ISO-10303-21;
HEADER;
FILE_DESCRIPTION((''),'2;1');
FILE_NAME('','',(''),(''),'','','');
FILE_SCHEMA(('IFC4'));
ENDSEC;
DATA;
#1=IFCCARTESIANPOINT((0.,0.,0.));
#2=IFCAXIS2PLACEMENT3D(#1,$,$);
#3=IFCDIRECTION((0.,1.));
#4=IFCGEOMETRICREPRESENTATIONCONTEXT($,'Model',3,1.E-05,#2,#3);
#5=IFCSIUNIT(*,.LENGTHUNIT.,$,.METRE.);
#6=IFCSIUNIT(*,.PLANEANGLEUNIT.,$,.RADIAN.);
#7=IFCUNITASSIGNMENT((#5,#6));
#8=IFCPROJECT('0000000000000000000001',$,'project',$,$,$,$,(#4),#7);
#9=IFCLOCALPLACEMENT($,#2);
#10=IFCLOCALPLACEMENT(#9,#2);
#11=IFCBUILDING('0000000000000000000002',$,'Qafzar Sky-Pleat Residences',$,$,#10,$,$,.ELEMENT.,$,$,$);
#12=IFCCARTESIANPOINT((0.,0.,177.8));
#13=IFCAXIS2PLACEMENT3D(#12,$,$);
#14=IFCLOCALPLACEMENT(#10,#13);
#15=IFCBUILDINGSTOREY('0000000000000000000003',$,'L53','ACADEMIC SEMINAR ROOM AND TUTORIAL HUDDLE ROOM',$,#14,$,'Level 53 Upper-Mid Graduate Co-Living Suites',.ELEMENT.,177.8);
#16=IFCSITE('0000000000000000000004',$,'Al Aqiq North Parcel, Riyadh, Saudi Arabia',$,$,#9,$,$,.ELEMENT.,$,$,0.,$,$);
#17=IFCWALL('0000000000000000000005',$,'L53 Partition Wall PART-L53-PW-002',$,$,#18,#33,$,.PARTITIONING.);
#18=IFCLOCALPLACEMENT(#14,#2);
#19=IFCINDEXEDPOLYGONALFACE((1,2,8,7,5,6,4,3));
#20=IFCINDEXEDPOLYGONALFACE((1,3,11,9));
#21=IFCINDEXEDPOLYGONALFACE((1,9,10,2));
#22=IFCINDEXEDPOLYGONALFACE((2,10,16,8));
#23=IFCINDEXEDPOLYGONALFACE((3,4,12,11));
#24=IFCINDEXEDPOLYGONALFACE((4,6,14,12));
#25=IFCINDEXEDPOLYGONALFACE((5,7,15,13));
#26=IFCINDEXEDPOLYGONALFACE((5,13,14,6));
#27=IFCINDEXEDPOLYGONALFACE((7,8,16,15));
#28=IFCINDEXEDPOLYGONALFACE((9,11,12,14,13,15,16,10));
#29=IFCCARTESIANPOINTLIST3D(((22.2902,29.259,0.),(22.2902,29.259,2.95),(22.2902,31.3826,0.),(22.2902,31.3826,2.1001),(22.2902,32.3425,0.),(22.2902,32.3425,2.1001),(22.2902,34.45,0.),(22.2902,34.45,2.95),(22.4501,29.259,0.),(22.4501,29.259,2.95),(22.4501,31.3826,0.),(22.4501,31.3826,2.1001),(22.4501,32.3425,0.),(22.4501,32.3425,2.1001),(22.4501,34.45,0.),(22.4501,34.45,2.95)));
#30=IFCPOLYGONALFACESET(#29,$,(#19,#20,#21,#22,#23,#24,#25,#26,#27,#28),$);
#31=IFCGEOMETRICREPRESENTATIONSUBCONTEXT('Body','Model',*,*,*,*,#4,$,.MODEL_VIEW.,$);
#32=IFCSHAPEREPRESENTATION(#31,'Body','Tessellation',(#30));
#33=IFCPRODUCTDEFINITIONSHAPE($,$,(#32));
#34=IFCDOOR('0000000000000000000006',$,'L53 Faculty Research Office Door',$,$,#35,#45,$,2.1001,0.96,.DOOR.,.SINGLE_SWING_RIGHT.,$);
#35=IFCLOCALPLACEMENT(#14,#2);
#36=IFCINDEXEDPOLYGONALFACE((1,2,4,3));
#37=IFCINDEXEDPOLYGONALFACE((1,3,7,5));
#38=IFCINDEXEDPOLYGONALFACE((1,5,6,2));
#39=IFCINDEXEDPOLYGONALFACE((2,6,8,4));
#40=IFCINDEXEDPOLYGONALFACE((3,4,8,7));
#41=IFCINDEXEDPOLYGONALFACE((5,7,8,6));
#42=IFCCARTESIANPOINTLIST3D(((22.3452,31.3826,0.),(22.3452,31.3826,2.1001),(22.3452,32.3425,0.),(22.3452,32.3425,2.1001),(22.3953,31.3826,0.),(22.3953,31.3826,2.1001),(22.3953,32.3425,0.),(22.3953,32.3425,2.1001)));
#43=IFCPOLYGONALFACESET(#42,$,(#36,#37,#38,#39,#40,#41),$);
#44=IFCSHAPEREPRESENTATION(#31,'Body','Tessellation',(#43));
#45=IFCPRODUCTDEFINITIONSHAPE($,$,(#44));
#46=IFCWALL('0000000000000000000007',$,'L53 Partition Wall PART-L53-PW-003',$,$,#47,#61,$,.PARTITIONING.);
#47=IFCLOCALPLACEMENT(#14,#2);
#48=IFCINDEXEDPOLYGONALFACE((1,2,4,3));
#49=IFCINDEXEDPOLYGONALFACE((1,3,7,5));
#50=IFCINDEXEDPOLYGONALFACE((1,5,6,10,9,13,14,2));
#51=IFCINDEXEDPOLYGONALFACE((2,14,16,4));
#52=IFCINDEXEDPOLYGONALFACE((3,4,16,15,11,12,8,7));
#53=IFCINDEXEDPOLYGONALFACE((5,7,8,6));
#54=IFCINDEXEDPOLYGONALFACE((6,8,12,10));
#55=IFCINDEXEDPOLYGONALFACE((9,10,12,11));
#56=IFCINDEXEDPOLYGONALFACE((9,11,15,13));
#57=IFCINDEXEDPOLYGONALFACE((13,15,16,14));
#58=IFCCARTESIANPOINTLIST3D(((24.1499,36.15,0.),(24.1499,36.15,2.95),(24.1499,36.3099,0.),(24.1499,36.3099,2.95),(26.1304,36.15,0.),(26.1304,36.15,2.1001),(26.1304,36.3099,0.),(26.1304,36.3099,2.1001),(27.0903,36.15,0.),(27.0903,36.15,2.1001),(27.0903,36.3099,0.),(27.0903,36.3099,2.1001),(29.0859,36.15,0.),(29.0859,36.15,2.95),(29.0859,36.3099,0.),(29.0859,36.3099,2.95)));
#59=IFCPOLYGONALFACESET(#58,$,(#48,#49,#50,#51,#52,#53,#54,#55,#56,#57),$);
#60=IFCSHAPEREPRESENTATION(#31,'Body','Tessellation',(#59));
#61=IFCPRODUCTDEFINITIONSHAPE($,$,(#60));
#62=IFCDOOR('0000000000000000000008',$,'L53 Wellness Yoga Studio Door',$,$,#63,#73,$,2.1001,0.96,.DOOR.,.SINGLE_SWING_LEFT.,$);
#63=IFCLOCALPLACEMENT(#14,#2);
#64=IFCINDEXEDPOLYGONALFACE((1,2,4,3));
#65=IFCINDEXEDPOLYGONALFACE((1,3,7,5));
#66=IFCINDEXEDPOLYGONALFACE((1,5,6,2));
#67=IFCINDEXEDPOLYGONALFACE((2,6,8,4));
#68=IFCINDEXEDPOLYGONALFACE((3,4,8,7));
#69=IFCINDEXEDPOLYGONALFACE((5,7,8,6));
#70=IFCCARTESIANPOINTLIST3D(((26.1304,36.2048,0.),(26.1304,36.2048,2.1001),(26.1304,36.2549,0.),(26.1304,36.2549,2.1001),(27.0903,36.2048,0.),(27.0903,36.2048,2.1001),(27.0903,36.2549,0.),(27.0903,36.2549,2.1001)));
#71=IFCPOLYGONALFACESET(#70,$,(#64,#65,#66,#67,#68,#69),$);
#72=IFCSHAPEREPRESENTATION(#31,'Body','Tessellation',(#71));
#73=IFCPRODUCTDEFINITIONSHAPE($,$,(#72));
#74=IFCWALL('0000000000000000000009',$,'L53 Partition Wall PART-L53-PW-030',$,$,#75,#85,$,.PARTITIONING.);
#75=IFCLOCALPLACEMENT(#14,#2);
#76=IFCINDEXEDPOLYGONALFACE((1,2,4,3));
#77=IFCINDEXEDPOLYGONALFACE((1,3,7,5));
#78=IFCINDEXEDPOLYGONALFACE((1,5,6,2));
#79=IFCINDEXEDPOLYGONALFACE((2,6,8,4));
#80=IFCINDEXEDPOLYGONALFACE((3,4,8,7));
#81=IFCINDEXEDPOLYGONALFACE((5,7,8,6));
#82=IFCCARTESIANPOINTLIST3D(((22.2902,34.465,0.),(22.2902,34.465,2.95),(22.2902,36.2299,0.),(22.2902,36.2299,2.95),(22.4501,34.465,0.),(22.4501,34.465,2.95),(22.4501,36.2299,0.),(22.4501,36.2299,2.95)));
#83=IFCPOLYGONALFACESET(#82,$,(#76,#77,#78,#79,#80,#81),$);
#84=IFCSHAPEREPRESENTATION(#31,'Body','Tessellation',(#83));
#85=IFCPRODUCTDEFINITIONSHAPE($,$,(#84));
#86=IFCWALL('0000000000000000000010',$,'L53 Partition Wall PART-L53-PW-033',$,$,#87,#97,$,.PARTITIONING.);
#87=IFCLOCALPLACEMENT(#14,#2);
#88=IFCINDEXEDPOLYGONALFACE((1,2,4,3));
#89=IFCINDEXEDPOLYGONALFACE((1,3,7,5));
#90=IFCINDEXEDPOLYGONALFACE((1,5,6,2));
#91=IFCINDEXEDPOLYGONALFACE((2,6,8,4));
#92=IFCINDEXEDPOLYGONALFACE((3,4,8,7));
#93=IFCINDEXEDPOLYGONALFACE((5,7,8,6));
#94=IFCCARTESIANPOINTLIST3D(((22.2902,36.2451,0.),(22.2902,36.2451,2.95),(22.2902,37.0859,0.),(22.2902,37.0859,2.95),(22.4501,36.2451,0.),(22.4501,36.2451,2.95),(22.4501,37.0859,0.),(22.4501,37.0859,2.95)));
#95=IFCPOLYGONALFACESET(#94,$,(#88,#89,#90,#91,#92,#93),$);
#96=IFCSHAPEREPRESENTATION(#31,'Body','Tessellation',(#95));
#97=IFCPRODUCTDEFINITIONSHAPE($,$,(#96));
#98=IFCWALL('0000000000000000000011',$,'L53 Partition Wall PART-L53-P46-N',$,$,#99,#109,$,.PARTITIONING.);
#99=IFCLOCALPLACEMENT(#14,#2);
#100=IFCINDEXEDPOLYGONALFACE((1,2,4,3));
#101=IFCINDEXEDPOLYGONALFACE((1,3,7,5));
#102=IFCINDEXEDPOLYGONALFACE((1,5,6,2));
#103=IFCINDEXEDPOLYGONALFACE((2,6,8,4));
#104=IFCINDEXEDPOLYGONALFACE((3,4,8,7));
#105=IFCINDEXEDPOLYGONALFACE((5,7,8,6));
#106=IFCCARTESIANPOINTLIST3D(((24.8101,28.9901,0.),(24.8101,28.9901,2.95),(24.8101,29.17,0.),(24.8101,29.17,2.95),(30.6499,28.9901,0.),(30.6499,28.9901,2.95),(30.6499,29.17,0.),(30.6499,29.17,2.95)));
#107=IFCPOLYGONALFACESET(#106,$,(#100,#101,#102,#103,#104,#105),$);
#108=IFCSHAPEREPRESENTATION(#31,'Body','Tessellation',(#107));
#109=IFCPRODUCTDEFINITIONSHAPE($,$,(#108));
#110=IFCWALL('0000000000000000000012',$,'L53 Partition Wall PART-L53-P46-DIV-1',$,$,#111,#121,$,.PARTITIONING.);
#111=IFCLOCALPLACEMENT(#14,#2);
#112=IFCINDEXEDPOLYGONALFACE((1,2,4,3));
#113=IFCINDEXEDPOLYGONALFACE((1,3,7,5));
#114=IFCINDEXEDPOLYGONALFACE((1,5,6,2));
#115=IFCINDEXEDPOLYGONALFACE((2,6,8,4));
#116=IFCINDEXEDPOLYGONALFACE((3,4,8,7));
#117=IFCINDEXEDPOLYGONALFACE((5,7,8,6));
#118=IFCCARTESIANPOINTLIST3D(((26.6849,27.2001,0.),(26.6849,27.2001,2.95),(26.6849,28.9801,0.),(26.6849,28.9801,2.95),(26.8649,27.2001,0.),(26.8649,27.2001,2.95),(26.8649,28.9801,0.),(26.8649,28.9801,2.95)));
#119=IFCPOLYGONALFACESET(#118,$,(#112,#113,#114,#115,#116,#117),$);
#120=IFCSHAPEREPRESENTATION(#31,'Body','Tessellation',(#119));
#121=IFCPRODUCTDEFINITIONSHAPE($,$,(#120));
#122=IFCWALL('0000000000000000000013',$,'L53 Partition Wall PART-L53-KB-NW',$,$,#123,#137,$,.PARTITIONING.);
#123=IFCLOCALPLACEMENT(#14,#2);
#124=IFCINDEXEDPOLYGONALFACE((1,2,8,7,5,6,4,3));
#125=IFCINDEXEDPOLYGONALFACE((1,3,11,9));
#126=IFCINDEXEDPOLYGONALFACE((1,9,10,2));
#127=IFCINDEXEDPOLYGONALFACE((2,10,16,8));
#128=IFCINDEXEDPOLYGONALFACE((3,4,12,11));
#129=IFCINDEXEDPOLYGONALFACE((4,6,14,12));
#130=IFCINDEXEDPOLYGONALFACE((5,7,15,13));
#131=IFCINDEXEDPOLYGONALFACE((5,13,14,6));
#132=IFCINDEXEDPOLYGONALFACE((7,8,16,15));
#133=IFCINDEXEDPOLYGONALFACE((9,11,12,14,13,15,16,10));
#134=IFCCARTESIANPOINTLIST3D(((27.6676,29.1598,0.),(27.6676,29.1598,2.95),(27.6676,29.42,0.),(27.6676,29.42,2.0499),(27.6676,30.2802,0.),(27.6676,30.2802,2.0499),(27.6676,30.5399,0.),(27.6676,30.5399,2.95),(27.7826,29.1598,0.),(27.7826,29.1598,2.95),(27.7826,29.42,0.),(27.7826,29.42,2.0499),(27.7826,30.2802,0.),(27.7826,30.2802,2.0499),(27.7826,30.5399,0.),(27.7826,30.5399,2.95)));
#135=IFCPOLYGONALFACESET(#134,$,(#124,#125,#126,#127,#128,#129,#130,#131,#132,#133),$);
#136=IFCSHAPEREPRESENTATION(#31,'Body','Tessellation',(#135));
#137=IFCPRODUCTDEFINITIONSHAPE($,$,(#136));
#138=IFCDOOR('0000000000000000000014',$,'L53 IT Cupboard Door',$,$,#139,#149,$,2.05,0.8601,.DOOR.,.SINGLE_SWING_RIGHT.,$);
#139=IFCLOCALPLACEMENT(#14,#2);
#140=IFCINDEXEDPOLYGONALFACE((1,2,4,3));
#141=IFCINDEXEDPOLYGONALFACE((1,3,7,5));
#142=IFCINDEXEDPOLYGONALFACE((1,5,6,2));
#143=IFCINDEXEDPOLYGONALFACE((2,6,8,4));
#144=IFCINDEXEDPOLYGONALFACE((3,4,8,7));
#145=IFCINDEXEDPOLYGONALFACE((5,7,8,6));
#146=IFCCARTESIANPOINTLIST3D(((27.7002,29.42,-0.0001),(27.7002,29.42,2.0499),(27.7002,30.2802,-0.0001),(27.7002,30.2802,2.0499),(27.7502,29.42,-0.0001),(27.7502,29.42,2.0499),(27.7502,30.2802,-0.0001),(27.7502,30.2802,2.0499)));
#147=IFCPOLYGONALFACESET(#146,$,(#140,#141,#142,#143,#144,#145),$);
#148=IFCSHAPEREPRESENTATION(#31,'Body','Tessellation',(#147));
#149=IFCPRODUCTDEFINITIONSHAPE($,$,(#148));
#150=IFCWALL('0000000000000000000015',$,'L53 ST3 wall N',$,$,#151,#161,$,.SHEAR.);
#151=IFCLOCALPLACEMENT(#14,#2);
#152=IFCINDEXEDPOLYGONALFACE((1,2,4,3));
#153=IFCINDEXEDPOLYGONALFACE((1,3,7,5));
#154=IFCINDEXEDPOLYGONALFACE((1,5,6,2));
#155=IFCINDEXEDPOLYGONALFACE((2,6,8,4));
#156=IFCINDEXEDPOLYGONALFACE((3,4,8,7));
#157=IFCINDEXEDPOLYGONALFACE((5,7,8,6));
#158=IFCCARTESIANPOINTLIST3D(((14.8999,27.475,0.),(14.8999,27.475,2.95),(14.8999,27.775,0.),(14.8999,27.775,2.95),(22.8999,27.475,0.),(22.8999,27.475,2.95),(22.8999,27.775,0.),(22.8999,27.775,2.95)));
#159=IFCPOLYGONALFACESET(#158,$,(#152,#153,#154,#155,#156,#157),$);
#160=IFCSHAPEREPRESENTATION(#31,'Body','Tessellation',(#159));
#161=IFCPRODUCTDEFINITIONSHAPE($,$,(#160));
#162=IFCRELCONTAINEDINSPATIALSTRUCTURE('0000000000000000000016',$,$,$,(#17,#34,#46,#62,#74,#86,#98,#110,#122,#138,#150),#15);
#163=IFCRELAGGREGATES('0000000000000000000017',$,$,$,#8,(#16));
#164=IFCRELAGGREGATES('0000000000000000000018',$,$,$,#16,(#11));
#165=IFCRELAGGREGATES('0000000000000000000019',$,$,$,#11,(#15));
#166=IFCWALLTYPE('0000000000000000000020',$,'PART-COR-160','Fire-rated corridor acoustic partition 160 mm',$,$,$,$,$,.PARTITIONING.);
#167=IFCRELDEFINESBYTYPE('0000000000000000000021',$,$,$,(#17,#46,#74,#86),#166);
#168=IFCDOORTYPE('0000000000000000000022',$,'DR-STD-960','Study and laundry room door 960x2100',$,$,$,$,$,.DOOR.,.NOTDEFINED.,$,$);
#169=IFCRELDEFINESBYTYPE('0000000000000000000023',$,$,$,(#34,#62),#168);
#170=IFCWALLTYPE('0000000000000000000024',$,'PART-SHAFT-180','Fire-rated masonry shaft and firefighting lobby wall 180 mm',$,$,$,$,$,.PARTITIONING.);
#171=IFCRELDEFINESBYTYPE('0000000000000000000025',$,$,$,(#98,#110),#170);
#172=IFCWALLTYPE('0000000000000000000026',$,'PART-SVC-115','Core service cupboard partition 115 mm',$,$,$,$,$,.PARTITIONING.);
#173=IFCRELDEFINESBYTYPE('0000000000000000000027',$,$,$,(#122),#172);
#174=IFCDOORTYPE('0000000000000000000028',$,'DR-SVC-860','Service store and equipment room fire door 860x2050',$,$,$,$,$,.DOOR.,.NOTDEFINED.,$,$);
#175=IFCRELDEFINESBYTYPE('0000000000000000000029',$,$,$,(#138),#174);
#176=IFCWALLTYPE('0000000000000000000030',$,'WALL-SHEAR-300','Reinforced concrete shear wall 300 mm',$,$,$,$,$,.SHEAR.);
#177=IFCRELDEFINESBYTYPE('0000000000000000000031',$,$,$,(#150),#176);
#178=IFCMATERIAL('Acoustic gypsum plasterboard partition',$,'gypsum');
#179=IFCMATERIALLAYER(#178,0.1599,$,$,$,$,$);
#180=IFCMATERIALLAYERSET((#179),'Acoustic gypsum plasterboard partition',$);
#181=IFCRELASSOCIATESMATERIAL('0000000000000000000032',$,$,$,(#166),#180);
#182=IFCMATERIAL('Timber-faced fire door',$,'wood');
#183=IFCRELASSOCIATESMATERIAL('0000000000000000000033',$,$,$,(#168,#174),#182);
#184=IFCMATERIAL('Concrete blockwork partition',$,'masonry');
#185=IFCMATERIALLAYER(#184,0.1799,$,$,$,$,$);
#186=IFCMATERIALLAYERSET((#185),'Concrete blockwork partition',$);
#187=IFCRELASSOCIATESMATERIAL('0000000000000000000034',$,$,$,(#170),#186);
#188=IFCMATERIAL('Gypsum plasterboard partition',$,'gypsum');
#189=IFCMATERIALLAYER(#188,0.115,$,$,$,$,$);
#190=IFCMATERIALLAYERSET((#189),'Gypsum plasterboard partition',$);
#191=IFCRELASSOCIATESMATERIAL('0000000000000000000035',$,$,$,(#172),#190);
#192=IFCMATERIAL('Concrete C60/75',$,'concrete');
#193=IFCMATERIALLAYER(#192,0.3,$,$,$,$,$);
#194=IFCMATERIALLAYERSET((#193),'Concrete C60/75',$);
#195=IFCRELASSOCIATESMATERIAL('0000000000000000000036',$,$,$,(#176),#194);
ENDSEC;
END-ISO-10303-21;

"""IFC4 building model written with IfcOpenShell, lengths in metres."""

from ifc_helpers import new_model, si_unit, direction, frame, frame_2d, origin, place, context, subcontext, project, spatial, rectangle, extrude, source, transform, mapped, material, layer, layer_set, type_object, element, fill, save


model = new_model("IFC4")

# Units and contexts
model_context = context("Model", 3, precision=1e-05, world=origin(), true_north=direction((0.0, 1.0)))
body_context = subcontext(model_context, "Body", "Model", "MODEL_VIEW")
ifc_project = project(units=[si_unit("LENGTHUNIT", "METRE"), si_unit("PLANEANGLEUNIT", "RADIAN")], contexts=[model_context])

# Site, building, storey
site_placement = place(None, origin())
site = spatial("IfcSite", under=ifc_project, at=site_placement, Name="Al Aqiq North Parcel, Riyadh, Saudi Arabia", CompositionType="ELEMENT", RefElevation=0.0)
building_placement = place(site_placement, origin())
building = spatial("IfcBuilding", under=site, at=building_placement, Name="Qafzar Sky-Pleat Residences", CompositionType="ELEMENT")
storey_placement = place(building_placement, frame((0.0, 0.0, 177.8)))
storey = spatial("IfcBuildingStorey", under=building, at=storey_placement, Name="L53", Description="ACADEMIC SEMINAR ROOM AND TUTORIAL HUDDLE ROOM", LongName="Level 53 Upper-Mid Graduate Co-Living Suites", CompositionType="ELEMENT", Elevation=177.8)

# Walls, openings, doors
ifc_material_1 = material(Name="Acoustic gypsum plasterboard partition", Category="gypsum")
ifc_layer_1 = layer(ifc_material_1, 0.1599)
ifc_layer_set_1 = layer_set([ifc_layer_1], Name="Acoustic gypsum plasterboard partition")
wall_type_1 = type_object("IfcWallType", Name="PART-COR-160", Description="Fire-rated corridor acoustic partition 160 mm", PredefinedType="PARTITIONING", material=ifc_layer_set_1)
wall_1_placement = place(storey_placement, frame((22.3701, 29.259, 0.0), z_axis=(0.0, 0.0, 1.0), x_axis=(0.0, 1.0, 0.0)))
wall_1 = element("IfcWall", 1, at=wall_1_placement, inside=storey, type_object=wall_type_1, Name="L53 Partition Wall PART-L53-PW-002", PredefinedType="PARTITIONING", context=body_context, shape_type="SweptSolid", body=[
    extrude(rectangle(XDim=5.1909, YDim=0.1599, at=frame_2d((2.5955, 0.0))), origin(), (0.0, 0.0, 1.0), 2.95),
])
opening_1_placement = place(wall_1_placement, frame((2.1235, 0.0, 0.0)))
opening_1 = element("IfcOpeningElement", 2, at=opening_1_placement, cuts=wall_1, PredefinedType="OPENING", context=body_context, shape_type="SweptSolid", body=[
    extrude(rectangle(XDim=0.96, YDim=2.1001, at=frame_2d((0.48, 1.05))), frame((0.0, 0.0898, 0.0), z_axis=(0.0, -1.0, 0.0), x_axis=(1.0, 0.0, 0.0)), (0.0, 0.0, 1.0), 0.1799),
])
ifc_material_2 = material(Name="Timber-faced fire door", Category="wood")
door_type_1 = type_object("IfcDoorType", Name="DR-STD-960", Description="Study and laundry room door 960x2100", OperationType="NOTDEFINED", PredefinedType="DOOR", material=ifc_material_2)
shared_shape_1 = source(origin(), body_context, "Body", "SweptSolid", [
    extrude(rectangle(XDim=0.96, YDim=2.1001, at=frame_2d((0.48, 1.05))), frame((0.0, 0.0249, 0.0), z_axis=(0.0, -1.0, 0.0), x_axis=(1.0, 0.0, 0.0)), (0.0, 0.0, 1.0), 0.05),
])
door_1_placement = place(opening_1_placement, origin())
door_1 = element("IfcDoor", 3, at=door_1_placement, inside=storey, type_object=door_type_1, Name="L53 Faculty Research Office Door", OperationType="SINGLE_SWING_RIGHT", OverallHeight=2.1001, OverallWidth=0.96, PredefinedType="DOOR", context=body_context, shape_type="MappedRepresentation", body=[
    mapped(shared_shape_1, transform((0.0, 0.0, 0.0), x_axis=(1.0, 0.0, 0.0), y_axis=(0.0, 1.0, 0.0), z_axis=(0.0, 0.0, 1.0), scale=1.0)),
])
fill(opening_1, door_1)
wall_2_placement = place(storey_placement, frame((24.1499, 36.23, 0.0), z_axis=(0.0, 0.0, 1.0), x_axis=(1.0, 0.0, 0.0)))
wall_2 = element("IfcWall", 4, at=wall_2_placement, inside=storey, type_object=wall_type_1, Name="L53 Partition Wall PART-L53-PW-003", PredefinedType="PARTITIONING", context=body_context, shape_type="SweptSolid", body=[
    extrude(rectangle(XDim=4.936, YDim=0.1599, at=frame_2d((2.468, 0.0))), origin(), (0.0, 0.0, 1.0), 2.95),
])
opening_2_placement = place(wall_2_placement, frame((1.9805, 0.0, 0.0)))
opening_2 = element("IfcOpeningElement", 5, at=opening_2_placement, cuts=wall_2, PredefinedType="OPENING", context=body_context, shape_type="SweptSolid", body=[
    extrude(rectangle(XDim=0.96, YDim=2.1001, at=frame_2d((0.48, 1.05))), frame((0.0, 0.0898, 0.0), z_axis=(0.0, -1.0, 0.0), x_axis=(1.0, 0.0, 0.0)), (0.0, 0.0, 1.0), 0.1799),
])
door_2_placement = place(opening_2_placement, origin())
door_2 = element("IfcDoor", 6, at=door_2_placement, inside=storey, type_object=door_type_1, Name="L53 Wellness Yoga Studio Door", OperationType="SINGLE_SWING_LEFT", OverallHeight=2.1001, OverallWidth=0.96, PredefinedType="DOOR", context=body_context, shape_type="MappedRepresentation", body=[
    mapped(shared_shape_1, transform((0.0, 0.0, 0.0), x_axis=(1.0, 0.0, 0.0), y_axis=(0.0, 1.0, 0.0), z_axis=(0.0, 0.0, 1.0), scale=1.0)),
])
fill(opening_2, door_2)

# Walls
wall_3_placement = place(storey_placement, frame((22.3701, 34.4651, 0.0), z_axis=(0.0, 0.0, 1.0), x_axis=(0.0, 1.0, 0.0)))
element("IfcWall", 7, at=wall_3_placement, inside=storey, type_object=wall_type_1, Name="L53 Partition Wall PART-L53-PW-030", PredefinedType="PARTITIONING", context=body_context, shape_type="SweptSolid", body=[
    extrude(rectangle(XDim=1.7649, YDim=0.1599, at=frame_2d((0.8823, 0.0))), origin(), (0.0, 0.0, 1.0), 2.95),
])
wall_4_placement = place(storey_placement, frame((22.3701, 36.2451, 0.0), z_axis=(0.0, 0.0, 1.0), x_axis=(0.0, 1.0, 0.0)))
element("IfcWall", 8, at=wall_4_placement, inside=storey, type_object=wall_type_1, Name="L53 Partition Wall PART-L53-PW-033", PredefinedType="PARTITIONING", context=body_context, shape_type="SweptSolid", body=[
    extrude(rectangle(XDim=0.8408, YDim=0.1599, at=frame_2d((0.4204, 0.0))), origin(), (0.0, 0.0, 1.0), 2.95),
])
ifc_material_3 = material(Name="Concrete blockwork partition", Category="masonry")
ifc_layer_2 = layer(ifc_material_3, 0.1799)
ifc_layer_set_2 = layer_set([ifc_layer_2], Name="Concrete blockwork partition")
wall_type_2 = type_object("IfcWallType", Name="PART-SHAFT-180", Description="Fire-rated masonry shaft and firefighting lobby wall 180 mm", PredefinedType="PARTITIONING", material=ifc_layer_set_2)
wall_5_placement = place(storey_placement, frame((24.8101, 29.0801, 0.0), z_axis=(0.0, 0.0, 1.0), x_axis=(1.0, 0.0, 0.0)))
element("IfcWall", 9, at=wall_5_placement, inside=storey, type_object=wall_type_2, Name="L53 Partition Wall PART-L53-P46-N", PredefinedType="PARTITIONING", context=body_context, shape_type="SweptSolid", body=[
    extrude(rectangle(XDim=5.8398, YDim=0.1799, at=frame_2d((2.9199, 0.0))), origin(), (0.0, 0.0, 1.0), 2.95),
])

# Wall
wall_6_placement = place(storey_placement, frame((26.7749, 27.2, 0.0), z_axis=(0.0, 0.0, 1.0), x_axis=(0.0, 1.0, 0.0)))
element("IfcWall", 10, at=wall_6_placement, inside=storey, type_object=wall_type_2, Name="L53 Partition Wall PART-L53-P46-DIV-1", PredefinedType="PARTITIONING", context=body_context, shape_type="SweptSolid", body=[
    extrude(rectangle(XDim=1.78, YDim=0.1799, at=frame_2d((0.8901, 0.0))), origin(), (0.0, 0.0, 1.0), 2.95),
])

# Wall, opening, door
ifc_material_4 = material(Name="Gypsum plasterboard partition", Category="gypsum")
ifc_layer_3 = layer(ifc_material_4, 0.115)
ifc_layer_set_3 = layer_set([ifc_layer_3], Name="Gypsum plasterboard partition")
wall_type_3 = type_object("IfcWallType", Name="PART-SVC-115", Description="Core service cupboard partition 115 mm", PredefinedType="PARTITIONING", material=ifc_layer_set_3)
wall_7_placement = place(storey_placement, frame((27.7251, 29.1599, 0.0), z_axis=(0.0, 0.0, 1.0), x_axis=(0.0, 1.0, 0.0)))
wall_7 = element("IfcWall", 11, at=wall_7_placement, inside=storey, type_object=wall_type_3, Name="L53 Partition Wall PART-L53-KB-NW", PredefinedType="PARTITIONING", context=body_context, shape_type="SweptSolid", body=[
    extrude(rectangle(XDim=1.3801, YDim=0.115, at=frame_2d((0.6899, 0.0))), origin(), (0.0, 0.0, 1.0), 2.95),
])
opening_3_placement = place(wall_7_placement, frame((0.26, 0.0, 0.0)))
opening_3 = element("IfcOpeningElement", 12, at=opening_3_placement, cuts=wall_7, PredefinedType="OPENING", context=body_context, shape_type="SweptSolid", body=[
    extrude(rectangle(XDim=0.8601, YDim=2.05, at=frame_2d((0.4302, 1.0249))), frame((0.0, 0.0674, 0.0), z_axis=(0.0, -1.0, 0.0), x_axis=(1.0, 0.0, 0.0)), (0.0, 0.0, 1.0), 0.135),
])
door_type_2 = type_object("IfcDoorType", Name="DR-SVC-860", Description="Service store and equipment room fire door 860x2050", OperationType="NOTDEFINED", PredefinedType="DOOR", material=ifc_material_2)
shared_shape_2 = source(origin(), body_context, "Body", "SweptSolid", [
    extrude(rectangle(XDim=0.8601, YDim=2.05, at=frame_2d((0.4302, 1.0249))), frame((0.0, 0.0249, 0.0), z_axis=(0.0, -1.0, 0.0), x_axis=(1.0, 0.0, 0.0)), (0.0, 0.0, 1.0), 0.05),
])
door_3_placement = place(opening_3_placement, origin())
door_3 = element("IfcDoor", 13, at=door_3_placement, inside=storey, type_object=door_type_2, Name="L53 IT Cupboard Door", OperationType="SINGLE_SWING_RIGHT", OverallHeight=2.05, OverallWidth=0.8601, PredefinedType="DOOR", context=body_context, shape_type="MappedRepresentation", body=[
    mapped(shared_shape_2, transform((0.0, 0.0, 0.0), x_axis=(1.0, 0.0, 0.0), y_axis=(0.0, 1.0, 0.0), z_axis=(0.0, 0.0, 1.0), scale=1.0)),
])
fill(opening_3, door_3)

# Shared definitions
ifc_material_5 = material(Name="Concrete C60/75", Category="concrete")
ifc_layer_4 = layer(ifc_material_5, 0.3)
ifc_layer_set_4 = layer_set([ifc_layer_4], Name="Concrete C60/75")
wall_type_4 = type_object("IfcWallType", Name="WALL-SHEAR-300", Description="Reinforced concrete shear wall 300 mm", PredefinedType="SHEAR", material=ifc_layer_set_4)

# Wall
wall_8_placement = place(storey_placement, frame((22.8999, 27.625, 0.0), z_axis=(0.0, 0.0, 1.0), x_axis=(-1.0, 0.0, 0.0)))
element("IfcWall", 14, at=wall_8_placement, inside=storey, type_object=wall_type_4, Name="L53 ST3 wall N", PredefinedType="SHEAR", context=body_context, shape_type="SweptSolid", body=[
    extrude(rectangle(XDim=8.0, YDim=0.3, at=frame_2d((4.0, 0.0))), origin(), (0.0, 0.0, 1.0), 2.95),
])

save(model, "model.ifc")
